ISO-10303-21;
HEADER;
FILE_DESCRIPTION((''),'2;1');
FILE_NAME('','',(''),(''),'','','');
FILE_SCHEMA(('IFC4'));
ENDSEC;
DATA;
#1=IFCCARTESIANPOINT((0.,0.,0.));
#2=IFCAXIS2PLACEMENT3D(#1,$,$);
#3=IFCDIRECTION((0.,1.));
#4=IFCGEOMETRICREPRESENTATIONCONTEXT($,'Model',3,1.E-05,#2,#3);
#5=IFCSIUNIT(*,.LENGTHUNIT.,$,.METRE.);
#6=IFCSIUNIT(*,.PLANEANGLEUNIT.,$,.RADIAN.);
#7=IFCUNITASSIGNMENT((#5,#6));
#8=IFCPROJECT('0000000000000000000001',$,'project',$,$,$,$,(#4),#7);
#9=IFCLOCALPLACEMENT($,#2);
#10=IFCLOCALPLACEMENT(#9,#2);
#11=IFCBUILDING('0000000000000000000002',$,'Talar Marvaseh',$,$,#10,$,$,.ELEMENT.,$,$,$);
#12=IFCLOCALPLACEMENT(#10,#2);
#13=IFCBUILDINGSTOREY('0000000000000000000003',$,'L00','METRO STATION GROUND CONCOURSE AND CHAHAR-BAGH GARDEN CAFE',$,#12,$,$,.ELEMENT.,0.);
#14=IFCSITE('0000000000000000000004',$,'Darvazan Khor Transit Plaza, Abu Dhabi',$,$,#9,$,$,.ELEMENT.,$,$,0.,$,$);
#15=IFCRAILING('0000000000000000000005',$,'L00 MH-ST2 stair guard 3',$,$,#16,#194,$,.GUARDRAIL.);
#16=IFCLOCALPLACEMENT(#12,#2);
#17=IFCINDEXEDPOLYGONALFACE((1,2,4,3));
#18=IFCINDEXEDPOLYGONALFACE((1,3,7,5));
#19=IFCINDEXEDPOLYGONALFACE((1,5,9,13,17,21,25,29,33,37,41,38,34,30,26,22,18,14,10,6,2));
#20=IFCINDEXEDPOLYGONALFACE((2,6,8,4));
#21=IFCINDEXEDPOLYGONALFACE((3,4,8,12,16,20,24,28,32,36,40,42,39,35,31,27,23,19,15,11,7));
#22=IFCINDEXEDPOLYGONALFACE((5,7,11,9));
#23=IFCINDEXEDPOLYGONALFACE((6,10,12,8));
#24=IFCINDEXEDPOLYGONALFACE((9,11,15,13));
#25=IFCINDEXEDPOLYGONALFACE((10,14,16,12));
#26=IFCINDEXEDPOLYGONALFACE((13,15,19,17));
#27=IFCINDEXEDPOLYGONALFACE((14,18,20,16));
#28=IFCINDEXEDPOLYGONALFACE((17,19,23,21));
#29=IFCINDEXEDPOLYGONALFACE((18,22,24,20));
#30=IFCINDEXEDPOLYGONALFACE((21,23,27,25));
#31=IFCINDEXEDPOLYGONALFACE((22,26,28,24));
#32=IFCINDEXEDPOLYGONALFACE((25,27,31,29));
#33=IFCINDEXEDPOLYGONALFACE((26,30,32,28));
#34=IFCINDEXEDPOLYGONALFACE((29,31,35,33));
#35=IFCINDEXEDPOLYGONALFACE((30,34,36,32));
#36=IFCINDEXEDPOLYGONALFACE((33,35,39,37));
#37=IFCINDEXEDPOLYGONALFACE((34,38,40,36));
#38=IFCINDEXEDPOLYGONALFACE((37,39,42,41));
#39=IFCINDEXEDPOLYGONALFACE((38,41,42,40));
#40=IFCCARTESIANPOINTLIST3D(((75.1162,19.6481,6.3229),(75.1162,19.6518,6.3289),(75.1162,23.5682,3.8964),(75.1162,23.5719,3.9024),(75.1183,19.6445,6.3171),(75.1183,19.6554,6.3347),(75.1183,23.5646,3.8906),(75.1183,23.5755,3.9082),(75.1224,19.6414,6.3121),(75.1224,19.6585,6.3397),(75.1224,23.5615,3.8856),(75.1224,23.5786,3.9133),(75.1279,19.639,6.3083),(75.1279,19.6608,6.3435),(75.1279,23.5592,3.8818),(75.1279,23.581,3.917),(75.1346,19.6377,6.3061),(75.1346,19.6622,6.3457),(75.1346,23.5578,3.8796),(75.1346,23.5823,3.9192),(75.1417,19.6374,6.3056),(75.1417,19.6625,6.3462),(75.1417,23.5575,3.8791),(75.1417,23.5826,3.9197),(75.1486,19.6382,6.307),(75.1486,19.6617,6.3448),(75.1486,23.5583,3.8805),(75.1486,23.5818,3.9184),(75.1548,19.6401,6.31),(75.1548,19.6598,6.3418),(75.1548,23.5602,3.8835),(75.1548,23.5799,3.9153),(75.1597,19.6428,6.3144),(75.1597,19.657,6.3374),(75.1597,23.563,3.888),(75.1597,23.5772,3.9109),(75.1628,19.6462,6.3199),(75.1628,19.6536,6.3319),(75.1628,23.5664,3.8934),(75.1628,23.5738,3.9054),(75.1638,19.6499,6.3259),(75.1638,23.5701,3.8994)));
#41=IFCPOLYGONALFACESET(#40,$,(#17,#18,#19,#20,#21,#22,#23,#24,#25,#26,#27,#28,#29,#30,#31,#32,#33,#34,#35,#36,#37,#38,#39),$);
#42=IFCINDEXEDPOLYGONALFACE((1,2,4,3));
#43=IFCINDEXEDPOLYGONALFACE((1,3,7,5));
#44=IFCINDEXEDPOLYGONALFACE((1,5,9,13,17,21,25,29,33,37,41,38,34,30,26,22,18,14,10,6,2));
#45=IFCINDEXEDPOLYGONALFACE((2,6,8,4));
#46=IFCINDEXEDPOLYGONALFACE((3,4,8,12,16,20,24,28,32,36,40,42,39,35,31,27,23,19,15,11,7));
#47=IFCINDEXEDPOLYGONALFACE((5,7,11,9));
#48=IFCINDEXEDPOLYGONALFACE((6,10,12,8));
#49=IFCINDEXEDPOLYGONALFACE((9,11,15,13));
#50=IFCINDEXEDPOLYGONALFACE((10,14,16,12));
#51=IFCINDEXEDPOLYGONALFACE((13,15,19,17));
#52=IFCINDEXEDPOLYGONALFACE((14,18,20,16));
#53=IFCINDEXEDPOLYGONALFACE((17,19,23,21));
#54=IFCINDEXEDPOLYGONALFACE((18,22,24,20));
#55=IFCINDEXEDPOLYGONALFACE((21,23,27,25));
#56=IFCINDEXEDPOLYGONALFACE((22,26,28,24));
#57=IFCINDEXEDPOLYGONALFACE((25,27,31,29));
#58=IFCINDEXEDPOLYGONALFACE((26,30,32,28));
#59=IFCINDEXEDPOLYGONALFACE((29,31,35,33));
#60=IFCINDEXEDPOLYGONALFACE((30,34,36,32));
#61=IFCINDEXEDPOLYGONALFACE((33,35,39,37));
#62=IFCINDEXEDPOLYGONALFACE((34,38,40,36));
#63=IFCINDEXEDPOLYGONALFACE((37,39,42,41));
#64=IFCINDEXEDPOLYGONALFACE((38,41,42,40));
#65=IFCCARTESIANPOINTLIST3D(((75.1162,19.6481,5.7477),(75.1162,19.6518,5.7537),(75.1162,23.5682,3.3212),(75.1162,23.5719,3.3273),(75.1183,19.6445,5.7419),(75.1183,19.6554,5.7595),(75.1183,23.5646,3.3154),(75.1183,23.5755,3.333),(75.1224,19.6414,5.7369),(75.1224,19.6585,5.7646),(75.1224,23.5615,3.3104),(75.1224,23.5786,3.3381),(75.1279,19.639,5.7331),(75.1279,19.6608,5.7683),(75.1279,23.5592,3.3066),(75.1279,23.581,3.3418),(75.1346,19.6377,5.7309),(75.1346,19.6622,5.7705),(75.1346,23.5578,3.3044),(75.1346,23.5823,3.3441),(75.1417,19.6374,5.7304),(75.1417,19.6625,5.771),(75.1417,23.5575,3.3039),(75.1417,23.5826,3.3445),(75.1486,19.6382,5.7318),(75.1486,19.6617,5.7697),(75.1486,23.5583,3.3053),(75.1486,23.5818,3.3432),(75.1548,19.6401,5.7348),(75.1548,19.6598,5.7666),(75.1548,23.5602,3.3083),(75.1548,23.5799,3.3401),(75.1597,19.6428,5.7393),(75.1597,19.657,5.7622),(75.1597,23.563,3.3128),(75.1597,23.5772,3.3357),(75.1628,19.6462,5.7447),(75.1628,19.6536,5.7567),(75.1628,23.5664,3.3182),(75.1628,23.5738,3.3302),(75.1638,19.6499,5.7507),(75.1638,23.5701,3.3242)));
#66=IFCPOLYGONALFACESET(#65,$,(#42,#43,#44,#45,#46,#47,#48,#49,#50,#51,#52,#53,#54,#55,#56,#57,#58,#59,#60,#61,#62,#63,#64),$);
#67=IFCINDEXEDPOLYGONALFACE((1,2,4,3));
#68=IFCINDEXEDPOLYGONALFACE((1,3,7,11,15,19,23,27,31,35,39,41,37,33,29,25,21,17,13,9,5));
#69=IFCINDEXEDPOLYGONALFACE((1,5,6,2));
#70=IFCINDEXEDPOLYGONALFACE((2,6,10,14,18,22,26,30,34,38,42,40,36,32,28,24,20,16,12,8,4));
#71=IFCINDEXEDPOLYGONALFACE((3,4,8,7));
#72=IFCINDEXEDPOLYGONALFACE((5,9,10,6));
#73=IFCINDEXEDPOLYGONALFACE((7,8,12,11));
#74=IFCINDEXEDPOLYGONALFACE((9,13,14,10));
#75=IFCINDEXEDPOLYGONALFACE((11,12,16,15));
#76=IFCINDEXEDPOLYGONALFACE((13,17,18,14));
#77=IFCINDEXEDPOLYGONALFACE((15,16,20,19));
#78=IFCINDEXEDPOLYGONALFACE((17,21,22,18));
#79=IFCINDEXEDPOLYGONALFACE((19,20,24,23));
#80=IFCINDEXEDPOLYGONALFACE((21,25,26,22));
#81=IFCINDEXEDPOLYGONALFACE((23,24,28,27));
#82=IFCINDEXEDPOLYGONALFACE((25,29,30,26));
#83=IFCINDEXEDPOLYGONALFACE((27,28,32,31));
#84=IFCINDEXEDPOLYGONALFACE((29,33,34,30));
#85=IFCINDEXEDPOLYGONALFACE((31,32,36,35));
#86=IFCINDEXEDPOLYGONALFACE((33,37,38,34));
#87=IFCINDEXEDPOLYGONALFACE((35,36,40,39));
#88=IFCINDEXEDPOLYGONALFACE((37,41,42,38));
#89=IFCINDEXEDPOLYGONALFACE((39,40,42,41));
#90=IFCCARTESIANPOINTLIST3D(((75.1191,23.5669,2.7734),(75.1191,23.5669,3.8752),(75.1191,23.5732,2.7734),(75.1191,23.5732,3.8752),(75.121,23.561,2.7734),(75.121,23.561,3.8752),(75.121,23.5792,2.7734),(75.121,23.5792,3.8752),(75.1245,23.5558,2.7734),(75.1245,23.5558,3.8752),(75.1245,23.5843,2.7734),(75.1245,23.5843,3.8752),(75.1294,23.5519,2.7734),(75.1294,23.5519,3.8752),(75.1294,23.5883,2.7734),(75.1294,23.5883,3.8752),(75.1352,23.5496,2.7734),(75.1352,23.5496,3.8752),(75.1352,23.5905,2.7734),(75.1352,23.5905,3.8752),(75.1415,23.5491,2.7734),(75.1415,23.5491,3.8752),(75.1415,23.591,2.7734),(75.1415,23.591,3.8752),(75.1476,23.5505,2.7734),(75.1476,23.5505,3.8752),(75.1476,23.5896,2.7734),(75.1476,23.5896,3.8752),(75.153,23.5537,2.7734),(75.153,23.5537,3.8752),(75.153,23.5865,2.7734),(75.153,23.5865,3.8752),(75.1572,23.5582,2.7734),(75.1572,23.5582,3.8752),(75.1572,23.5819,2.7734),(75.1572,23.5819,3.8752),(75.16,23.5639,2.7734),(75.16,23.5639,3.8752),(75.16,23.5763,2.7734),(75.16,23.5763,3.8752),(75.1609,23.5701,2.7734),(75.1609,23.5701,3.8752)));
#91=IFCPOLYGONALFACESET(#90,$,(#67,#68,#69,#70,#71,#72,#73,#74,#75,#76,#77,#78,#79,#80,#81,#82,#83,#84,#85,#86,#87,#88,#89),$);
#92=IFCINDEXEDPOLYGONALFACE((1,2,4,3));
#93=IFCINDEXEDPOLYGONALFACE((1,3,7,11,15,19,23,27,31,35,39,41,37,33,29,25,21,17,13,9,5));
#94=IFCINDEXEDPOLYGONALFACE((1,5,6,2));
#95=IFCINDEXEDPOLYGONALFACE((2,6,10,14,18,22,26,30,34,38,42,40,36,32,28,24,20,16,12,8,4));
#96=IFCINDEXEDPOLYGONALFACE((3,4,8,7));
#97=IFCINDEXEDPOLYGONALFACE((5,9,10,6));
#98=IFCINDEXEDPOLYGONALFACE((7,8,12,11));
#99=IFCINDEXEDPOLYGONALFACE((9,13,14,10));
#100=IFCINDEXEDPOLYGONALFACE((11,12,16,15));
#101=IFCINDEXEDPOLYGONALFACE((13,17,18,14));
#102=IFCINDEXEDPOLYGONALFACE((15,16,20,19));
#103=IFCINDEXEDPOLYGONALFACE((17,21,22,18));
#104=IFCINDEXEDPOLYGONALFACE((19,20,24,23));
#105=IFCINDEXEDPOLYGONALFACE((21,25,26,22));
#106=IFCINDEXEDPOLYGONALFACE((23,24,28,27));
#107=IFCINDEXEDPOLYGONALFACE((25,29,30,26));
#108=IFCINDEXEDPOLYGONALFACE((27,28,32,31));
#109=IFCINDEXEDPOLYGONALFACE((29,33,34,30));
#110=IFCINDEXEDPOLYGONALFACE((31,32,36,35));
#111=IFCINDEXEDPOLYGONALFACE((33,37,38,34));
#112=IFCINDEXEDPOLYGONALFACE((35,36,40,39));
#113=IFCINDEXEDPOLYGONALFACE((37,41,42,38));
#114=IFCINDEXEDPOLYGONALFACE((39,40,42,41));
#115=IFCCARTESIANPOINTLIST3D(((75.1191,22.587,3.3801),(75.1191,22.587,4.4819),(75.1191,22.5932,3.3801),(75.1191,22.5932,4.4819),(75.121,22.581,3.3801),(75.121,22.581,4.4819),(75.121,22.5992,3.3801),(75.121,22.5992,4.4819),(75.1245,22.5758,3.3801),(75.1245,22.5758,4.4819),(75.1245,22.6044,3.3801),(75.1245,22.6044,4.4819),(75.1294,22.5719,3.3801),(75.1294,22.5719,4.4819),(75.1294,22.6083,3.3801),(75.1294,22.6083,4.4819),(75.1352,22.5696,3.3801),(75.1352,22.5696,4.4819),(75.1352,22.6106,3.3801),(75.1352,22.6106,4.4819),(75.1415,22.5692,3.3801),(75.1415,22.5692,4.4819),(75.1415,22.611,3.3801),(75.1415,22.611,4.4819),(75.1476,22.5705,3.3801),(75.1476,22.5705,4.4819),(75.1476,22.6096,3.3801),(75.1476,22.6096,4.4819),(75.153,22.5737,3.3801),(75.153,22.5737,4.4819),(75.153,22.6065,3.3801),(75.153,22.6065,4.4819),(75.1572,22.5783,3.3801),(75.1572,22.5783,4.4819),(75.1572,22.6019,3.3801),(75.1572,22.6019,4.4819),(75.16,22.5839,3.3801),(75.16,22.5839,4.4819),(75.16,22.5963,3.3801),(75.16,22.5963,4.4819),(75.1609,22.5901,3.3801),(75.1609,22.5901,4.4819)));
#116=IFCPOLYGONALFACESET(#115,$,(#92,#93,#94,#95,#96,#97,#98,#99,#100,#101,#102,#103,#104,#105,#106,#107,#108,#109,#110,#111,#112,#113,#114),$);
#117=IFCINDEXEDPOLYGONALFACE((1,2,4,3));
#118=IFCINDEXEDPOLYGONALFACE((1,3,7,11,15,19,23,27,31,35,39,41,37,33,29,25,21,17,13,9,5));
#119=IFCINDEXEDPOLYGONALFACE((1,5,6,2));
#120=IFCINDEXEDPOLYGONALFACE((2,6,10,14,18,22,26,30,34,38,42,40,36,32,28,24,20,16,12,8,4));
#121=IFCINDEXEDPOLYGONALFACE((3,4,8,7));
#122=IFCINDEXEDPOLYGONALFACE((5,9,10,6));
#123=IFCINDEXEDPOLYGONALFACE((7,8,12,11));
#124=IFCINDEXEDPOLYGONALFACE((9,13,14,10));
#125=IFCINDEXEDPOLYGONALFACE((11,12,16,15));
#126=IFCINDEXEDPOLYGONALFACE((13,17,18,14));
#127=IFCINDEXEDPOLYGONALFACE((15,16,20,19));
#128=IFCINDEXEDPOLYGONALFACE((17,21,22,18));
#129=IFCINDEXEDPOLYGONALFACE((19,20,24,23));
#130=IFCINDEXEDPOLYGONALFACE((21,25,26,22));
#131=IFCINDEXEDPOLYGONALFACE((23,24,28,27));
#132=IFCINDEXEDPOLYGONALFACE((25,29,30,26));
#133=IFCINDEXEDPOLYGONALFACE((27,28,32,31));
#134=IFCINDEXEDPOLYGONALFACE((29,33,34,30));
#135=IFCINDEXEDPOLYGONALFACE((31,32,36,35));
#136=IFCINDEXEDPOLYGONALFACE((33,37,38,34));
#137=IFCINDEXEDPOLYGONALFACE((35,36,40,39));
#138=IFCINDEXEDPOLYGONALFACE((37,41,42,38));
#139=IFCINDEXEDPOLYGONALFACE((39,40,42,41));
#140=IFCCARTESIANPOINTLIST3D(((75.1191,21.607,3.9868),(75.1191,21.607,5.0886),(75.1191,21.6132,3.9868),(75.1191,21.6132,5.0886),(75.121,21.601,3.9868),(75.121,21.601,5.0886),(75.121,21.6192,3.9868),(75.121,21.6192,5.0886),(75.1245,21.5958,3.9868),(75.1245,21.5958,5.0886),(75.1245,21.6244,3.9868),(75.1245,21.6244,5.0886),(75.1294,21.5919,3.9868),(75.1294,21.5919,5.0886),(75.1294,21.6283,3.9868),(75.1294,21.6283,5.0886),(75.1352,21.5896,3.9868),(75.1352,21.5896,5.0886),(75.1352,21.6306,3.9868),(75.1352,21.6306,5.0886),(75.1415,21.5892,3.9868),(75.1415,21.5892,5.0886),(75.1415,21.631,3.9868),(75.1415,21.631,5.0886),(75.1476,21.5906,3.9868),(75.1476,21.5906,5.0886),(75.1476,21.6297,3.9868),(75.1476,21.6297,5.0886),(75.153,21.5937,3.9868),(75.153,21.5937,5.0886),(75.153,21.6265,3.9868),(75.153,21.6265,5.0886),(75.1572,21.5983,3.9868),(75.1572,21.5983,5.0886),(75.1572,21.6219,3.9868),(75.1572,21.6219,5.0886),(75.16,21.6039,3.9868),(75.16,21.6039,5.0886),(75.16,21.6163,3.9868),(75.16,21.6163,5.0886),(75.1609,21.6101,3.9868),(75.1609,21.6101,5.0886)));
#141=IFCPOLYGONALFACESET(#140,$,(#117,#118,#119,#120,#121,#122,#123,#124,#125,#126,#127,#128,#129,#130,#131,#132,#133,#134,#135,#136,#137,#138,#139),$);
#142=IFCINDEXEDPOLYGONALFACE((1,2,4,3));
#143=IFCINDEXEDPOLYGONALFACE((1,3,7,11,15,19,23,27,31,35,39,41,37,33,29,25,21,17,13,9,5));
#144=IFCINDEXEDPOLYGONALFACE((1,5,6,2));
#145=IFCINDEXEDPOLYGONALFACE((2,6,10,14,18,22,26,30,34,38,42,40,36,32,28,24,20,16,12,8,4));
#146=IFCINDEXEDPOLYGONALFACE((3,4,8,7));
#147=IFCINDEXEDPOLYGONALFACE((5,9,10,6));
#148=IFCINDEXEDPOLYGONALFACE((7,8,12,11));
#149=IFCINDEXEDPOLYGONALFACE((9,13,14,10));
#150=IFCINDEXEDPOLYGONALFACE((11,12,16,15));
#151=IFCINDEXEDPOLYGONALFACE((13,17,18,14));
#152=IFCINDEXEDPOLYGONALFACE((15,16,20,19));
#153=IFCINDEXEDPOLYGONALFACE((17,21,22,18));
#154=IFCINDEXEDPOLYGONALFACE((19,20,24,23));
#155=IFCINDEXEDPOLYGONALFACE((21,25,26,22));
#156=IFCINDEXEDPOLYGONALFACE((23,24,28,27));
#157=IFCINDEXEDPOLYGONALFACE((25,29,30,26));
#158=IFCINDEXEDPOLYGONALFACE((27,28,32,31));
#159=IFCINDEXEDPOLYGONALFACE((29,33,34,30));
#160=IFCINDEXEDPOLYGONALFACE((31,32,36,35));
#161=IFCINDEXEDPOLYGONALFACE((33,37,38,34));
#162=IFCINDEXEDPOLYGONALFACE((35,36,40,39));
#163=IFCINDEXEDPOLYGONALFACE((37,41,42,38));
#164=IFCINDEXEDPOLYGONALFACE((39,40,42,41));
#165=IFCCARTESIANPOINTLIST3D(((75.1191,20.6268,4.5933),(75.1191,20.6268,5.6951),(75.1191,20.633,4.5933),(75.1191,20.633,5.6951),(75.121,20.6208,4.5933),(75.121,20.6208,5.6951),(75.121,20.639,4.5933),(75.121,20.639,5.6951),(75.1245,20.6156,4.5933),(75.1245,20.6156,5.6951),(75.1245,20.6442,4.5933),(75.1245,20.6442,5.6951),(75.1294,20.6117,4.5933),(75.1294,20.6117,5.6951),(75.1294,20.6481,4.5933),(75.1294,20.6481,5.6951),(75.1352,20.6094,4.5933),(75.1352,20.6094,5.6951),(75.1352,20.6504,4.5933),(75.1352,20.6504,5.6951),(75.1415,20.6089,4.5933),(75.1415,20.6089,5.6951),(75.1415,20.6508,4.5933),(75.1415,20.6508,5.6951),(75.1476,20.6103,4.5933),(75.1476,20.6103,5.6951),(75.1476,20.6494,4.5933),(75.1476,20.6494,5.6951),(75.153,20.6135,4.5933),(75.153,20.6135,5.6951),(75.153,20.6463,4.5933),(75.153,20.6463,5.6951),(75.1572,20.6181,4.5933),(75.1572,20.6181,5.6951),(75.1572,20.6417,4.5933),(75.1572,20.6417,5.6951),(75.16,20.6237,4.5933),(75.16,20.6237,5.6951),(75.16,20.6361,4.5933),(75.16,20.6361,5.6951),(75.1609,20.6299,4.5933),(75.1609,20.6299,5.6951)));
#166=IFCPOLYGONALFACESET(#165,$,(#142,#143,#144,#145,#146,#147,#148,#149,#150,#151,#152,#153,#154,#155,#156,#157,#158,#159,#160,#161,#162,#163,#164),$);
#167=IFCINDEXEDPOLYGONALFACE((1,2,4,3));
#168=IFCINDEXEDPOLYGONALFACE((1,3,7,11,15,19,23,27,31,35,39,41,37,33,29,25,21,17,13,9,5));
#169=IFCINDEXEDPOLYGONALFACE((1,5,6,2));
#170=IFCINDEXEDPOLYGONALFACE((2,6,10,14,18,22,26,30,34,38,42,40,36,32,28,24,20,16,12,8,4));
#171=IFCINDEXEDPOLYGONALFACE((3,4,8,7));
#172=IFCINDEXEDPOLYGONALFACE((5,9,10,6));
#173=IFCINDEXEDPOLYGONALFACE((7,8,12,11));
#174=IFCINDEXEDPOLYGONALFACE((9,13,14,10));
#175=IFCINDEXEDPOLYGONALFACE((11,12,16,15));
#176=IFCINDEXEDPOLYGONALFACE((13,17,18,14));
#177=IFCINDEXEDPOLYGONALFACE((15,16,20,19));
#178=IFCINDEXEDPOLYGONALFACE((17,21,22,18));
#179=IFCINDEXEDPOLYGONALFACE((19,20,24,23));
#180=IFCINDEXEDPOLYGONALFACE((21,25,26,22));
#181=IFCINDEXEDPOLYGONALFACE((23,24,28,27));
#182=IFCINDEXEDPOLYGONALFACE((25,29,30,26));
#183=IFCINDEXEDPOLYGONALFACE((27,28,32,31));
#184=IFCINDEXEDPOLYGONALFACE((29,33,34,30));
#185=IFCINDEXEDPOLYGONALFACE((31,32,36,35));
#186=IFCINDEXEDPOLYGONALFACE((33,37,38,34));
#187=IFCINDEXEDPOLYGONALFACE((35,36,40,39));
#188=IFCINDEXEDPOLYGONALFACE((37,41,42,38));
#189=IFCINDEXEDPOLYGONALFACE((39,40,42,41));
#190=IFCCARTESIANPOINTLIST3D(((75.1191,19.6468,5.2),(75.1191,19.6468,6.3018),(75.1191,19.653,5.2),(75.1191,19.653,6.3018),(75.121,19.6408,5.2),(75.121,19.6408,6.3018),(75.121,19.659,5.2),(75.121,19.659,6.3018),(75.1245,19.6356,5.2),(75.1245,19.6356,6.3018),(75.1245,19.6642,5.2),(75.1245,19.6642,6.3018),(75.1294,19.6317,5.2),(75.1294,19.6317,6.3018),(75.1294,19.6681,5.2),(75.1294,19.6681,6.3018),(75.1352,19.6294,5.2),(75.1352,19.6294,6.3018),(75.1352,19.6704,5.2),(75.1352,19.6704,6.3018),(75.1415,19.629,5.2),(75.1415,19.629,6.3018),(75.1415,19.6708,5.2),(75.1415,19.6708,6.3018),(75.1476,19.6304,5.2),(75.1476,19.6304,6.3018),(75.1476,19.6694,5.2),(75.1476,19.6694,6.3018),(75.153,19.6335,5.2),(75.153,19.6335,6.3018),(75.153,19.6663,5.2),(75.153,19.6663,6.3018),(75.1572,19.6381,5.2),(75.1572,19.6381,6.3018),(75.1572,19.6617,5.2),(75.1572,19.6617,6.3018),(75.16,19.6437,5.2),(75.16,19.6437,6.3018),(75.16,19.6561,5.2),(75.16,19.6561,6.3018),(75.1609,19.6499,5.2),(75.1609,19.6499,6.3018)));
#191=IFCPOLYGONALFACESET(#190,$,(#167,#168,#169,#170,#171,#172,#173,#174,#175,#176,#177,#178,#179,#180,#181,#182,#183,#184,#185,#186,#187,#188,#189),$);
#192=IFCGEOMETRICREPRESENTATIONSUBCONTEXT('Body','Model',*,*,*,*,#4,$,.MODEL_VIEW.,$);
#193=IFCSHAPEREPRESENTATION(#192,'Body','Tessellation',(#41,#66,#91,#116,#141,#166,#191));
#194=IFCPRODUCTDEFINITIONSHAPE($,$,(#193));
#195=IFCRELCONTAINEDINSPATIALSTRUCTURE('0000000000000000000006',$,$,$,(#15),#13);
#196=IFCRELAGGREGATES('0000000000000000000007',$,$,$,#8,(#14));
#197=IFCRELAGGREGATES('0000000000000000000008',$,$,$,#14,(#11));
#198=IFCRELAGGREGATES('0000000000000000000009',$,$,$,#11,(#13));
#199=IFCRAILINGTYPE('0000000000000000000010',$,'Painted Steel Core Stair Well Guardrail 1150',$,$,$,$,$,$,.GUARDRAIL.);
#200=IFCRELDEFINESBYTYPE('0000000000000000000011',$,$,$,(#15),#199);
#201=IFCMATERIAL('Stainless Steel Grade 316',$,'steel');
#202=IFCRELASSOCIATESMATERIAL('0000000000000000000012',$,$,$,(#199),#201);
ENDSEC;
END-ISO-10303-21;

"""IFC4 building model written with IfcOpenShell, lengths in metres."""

from ifc_helpers import new_model, si_unit, direction, frame, origin, origin_2d, place, context, subcontext, project, spatial, circle, extrude, material, type_object, element, save


model = new_model("IFC4")

# Units and contexts
model_context = context("Model", 3, precision=1e-05, world=origin(), true_north=direction((0.0, 1.0)))
body_context = subcontext(model_context, "Body", "Model", "MODEL_VIEW")
ifc_project = project(units=[si_unit("LENGTHUNIT", "METRE"), si_unit("PLANEANGLEUNIT", "RADIAN")], contexts=[model_context])

# Site, building, storey
site_placement = place(None, origin())
site = spatial("IfcSite", under=ifc_project, at=site_placement, Name="Darvazan Khor Transit Plaza, Abu Dhabi", CompositionType="ELEMENT", RefElevation=0.0)
building_placement = place(site_placement, origin())
building = spatial("IfcBuilding", under=site, at=building_placement, Name="Talar Marvaseh", CompositionType="ELEMENT")
storey_placement = place(building_placement, origin())
storey = spatial("IfcBuildingStorey", under=building, at=storey_placement, Name="L00", Description="METRO STATION GROUND CONCOURSE AND CHAHAR-BAGH GARDEN CAFE", CompositionType="ELEMENT", Elevation=0.0)

# Railing
ifc_material_1 = material(Name="Stainless Steel Grade 316", Category="steel")
railing_type_1 = type_object("IfcRailingType", Name="Painted Steel Core Stair Well Guardrail 1150", PredefinedType="GUARDRAIL", material=ifc_material_1)
railing_1_placement = place(storey_placement, frame((75.1399, 23.5701, 2.7734)))
element("IfcRailing", 1, at=railing_1_placement, inside=storey, type_object=railing_type_1, Name="L00 MH-ST2 stair guard 3", PredefinedType="GUARDRAIL", context=body_context, shape_type="SweptSolid", body=[
    extrude(circle(Radius=0.0239, at=origin_2d()), frame((0.0, 0.0, 1.126), z_axis=(0.0, -0.85029, 0.526315), x_axis=(1.0, 0.0, 0.0)), (0.0, 0.0, 1.0), 4.6104),
    extrude(circle(Radius=0.0239, at=origin_2d()), frame((0.0, 0.0, 0.5508), z_axis=(0.0, -0.85029, 0.526315), x_axis=(1.0, 0.0, 0.0)), (0.0, 0.0, 1.0), 4.6104),
    extrude(circle(Radius=0.021, at=origin_2d()), origin(), (0.0, 0.0, 1.0), 1.1018),
    extrude(circle(Radius=0.021, at=origin_2d()), frame((0.0, -0.98, 0.6067)), (0.0, 0.0, 1.0), 1.1018),
    extrude(circle(Radius=0.021, at=origin_2d()), frame((0.0, -1.96, 1.2134)), (0.0, 0.0, 1.0), 1.1018),
    extrude(circle(Radius=0.021, at=origin_2d()), frame((0.0, -2.9402, 1.8198)), (0.0, 0.0, 1.0), 1.1018),
    extrude(circle(Radius=0.021, at=origin_2d()), frame((0.0, -3.9202, 2.4265)), (0.0, 0.0, 1.0), 1.1018),
])

save(model, "model.ifc")
